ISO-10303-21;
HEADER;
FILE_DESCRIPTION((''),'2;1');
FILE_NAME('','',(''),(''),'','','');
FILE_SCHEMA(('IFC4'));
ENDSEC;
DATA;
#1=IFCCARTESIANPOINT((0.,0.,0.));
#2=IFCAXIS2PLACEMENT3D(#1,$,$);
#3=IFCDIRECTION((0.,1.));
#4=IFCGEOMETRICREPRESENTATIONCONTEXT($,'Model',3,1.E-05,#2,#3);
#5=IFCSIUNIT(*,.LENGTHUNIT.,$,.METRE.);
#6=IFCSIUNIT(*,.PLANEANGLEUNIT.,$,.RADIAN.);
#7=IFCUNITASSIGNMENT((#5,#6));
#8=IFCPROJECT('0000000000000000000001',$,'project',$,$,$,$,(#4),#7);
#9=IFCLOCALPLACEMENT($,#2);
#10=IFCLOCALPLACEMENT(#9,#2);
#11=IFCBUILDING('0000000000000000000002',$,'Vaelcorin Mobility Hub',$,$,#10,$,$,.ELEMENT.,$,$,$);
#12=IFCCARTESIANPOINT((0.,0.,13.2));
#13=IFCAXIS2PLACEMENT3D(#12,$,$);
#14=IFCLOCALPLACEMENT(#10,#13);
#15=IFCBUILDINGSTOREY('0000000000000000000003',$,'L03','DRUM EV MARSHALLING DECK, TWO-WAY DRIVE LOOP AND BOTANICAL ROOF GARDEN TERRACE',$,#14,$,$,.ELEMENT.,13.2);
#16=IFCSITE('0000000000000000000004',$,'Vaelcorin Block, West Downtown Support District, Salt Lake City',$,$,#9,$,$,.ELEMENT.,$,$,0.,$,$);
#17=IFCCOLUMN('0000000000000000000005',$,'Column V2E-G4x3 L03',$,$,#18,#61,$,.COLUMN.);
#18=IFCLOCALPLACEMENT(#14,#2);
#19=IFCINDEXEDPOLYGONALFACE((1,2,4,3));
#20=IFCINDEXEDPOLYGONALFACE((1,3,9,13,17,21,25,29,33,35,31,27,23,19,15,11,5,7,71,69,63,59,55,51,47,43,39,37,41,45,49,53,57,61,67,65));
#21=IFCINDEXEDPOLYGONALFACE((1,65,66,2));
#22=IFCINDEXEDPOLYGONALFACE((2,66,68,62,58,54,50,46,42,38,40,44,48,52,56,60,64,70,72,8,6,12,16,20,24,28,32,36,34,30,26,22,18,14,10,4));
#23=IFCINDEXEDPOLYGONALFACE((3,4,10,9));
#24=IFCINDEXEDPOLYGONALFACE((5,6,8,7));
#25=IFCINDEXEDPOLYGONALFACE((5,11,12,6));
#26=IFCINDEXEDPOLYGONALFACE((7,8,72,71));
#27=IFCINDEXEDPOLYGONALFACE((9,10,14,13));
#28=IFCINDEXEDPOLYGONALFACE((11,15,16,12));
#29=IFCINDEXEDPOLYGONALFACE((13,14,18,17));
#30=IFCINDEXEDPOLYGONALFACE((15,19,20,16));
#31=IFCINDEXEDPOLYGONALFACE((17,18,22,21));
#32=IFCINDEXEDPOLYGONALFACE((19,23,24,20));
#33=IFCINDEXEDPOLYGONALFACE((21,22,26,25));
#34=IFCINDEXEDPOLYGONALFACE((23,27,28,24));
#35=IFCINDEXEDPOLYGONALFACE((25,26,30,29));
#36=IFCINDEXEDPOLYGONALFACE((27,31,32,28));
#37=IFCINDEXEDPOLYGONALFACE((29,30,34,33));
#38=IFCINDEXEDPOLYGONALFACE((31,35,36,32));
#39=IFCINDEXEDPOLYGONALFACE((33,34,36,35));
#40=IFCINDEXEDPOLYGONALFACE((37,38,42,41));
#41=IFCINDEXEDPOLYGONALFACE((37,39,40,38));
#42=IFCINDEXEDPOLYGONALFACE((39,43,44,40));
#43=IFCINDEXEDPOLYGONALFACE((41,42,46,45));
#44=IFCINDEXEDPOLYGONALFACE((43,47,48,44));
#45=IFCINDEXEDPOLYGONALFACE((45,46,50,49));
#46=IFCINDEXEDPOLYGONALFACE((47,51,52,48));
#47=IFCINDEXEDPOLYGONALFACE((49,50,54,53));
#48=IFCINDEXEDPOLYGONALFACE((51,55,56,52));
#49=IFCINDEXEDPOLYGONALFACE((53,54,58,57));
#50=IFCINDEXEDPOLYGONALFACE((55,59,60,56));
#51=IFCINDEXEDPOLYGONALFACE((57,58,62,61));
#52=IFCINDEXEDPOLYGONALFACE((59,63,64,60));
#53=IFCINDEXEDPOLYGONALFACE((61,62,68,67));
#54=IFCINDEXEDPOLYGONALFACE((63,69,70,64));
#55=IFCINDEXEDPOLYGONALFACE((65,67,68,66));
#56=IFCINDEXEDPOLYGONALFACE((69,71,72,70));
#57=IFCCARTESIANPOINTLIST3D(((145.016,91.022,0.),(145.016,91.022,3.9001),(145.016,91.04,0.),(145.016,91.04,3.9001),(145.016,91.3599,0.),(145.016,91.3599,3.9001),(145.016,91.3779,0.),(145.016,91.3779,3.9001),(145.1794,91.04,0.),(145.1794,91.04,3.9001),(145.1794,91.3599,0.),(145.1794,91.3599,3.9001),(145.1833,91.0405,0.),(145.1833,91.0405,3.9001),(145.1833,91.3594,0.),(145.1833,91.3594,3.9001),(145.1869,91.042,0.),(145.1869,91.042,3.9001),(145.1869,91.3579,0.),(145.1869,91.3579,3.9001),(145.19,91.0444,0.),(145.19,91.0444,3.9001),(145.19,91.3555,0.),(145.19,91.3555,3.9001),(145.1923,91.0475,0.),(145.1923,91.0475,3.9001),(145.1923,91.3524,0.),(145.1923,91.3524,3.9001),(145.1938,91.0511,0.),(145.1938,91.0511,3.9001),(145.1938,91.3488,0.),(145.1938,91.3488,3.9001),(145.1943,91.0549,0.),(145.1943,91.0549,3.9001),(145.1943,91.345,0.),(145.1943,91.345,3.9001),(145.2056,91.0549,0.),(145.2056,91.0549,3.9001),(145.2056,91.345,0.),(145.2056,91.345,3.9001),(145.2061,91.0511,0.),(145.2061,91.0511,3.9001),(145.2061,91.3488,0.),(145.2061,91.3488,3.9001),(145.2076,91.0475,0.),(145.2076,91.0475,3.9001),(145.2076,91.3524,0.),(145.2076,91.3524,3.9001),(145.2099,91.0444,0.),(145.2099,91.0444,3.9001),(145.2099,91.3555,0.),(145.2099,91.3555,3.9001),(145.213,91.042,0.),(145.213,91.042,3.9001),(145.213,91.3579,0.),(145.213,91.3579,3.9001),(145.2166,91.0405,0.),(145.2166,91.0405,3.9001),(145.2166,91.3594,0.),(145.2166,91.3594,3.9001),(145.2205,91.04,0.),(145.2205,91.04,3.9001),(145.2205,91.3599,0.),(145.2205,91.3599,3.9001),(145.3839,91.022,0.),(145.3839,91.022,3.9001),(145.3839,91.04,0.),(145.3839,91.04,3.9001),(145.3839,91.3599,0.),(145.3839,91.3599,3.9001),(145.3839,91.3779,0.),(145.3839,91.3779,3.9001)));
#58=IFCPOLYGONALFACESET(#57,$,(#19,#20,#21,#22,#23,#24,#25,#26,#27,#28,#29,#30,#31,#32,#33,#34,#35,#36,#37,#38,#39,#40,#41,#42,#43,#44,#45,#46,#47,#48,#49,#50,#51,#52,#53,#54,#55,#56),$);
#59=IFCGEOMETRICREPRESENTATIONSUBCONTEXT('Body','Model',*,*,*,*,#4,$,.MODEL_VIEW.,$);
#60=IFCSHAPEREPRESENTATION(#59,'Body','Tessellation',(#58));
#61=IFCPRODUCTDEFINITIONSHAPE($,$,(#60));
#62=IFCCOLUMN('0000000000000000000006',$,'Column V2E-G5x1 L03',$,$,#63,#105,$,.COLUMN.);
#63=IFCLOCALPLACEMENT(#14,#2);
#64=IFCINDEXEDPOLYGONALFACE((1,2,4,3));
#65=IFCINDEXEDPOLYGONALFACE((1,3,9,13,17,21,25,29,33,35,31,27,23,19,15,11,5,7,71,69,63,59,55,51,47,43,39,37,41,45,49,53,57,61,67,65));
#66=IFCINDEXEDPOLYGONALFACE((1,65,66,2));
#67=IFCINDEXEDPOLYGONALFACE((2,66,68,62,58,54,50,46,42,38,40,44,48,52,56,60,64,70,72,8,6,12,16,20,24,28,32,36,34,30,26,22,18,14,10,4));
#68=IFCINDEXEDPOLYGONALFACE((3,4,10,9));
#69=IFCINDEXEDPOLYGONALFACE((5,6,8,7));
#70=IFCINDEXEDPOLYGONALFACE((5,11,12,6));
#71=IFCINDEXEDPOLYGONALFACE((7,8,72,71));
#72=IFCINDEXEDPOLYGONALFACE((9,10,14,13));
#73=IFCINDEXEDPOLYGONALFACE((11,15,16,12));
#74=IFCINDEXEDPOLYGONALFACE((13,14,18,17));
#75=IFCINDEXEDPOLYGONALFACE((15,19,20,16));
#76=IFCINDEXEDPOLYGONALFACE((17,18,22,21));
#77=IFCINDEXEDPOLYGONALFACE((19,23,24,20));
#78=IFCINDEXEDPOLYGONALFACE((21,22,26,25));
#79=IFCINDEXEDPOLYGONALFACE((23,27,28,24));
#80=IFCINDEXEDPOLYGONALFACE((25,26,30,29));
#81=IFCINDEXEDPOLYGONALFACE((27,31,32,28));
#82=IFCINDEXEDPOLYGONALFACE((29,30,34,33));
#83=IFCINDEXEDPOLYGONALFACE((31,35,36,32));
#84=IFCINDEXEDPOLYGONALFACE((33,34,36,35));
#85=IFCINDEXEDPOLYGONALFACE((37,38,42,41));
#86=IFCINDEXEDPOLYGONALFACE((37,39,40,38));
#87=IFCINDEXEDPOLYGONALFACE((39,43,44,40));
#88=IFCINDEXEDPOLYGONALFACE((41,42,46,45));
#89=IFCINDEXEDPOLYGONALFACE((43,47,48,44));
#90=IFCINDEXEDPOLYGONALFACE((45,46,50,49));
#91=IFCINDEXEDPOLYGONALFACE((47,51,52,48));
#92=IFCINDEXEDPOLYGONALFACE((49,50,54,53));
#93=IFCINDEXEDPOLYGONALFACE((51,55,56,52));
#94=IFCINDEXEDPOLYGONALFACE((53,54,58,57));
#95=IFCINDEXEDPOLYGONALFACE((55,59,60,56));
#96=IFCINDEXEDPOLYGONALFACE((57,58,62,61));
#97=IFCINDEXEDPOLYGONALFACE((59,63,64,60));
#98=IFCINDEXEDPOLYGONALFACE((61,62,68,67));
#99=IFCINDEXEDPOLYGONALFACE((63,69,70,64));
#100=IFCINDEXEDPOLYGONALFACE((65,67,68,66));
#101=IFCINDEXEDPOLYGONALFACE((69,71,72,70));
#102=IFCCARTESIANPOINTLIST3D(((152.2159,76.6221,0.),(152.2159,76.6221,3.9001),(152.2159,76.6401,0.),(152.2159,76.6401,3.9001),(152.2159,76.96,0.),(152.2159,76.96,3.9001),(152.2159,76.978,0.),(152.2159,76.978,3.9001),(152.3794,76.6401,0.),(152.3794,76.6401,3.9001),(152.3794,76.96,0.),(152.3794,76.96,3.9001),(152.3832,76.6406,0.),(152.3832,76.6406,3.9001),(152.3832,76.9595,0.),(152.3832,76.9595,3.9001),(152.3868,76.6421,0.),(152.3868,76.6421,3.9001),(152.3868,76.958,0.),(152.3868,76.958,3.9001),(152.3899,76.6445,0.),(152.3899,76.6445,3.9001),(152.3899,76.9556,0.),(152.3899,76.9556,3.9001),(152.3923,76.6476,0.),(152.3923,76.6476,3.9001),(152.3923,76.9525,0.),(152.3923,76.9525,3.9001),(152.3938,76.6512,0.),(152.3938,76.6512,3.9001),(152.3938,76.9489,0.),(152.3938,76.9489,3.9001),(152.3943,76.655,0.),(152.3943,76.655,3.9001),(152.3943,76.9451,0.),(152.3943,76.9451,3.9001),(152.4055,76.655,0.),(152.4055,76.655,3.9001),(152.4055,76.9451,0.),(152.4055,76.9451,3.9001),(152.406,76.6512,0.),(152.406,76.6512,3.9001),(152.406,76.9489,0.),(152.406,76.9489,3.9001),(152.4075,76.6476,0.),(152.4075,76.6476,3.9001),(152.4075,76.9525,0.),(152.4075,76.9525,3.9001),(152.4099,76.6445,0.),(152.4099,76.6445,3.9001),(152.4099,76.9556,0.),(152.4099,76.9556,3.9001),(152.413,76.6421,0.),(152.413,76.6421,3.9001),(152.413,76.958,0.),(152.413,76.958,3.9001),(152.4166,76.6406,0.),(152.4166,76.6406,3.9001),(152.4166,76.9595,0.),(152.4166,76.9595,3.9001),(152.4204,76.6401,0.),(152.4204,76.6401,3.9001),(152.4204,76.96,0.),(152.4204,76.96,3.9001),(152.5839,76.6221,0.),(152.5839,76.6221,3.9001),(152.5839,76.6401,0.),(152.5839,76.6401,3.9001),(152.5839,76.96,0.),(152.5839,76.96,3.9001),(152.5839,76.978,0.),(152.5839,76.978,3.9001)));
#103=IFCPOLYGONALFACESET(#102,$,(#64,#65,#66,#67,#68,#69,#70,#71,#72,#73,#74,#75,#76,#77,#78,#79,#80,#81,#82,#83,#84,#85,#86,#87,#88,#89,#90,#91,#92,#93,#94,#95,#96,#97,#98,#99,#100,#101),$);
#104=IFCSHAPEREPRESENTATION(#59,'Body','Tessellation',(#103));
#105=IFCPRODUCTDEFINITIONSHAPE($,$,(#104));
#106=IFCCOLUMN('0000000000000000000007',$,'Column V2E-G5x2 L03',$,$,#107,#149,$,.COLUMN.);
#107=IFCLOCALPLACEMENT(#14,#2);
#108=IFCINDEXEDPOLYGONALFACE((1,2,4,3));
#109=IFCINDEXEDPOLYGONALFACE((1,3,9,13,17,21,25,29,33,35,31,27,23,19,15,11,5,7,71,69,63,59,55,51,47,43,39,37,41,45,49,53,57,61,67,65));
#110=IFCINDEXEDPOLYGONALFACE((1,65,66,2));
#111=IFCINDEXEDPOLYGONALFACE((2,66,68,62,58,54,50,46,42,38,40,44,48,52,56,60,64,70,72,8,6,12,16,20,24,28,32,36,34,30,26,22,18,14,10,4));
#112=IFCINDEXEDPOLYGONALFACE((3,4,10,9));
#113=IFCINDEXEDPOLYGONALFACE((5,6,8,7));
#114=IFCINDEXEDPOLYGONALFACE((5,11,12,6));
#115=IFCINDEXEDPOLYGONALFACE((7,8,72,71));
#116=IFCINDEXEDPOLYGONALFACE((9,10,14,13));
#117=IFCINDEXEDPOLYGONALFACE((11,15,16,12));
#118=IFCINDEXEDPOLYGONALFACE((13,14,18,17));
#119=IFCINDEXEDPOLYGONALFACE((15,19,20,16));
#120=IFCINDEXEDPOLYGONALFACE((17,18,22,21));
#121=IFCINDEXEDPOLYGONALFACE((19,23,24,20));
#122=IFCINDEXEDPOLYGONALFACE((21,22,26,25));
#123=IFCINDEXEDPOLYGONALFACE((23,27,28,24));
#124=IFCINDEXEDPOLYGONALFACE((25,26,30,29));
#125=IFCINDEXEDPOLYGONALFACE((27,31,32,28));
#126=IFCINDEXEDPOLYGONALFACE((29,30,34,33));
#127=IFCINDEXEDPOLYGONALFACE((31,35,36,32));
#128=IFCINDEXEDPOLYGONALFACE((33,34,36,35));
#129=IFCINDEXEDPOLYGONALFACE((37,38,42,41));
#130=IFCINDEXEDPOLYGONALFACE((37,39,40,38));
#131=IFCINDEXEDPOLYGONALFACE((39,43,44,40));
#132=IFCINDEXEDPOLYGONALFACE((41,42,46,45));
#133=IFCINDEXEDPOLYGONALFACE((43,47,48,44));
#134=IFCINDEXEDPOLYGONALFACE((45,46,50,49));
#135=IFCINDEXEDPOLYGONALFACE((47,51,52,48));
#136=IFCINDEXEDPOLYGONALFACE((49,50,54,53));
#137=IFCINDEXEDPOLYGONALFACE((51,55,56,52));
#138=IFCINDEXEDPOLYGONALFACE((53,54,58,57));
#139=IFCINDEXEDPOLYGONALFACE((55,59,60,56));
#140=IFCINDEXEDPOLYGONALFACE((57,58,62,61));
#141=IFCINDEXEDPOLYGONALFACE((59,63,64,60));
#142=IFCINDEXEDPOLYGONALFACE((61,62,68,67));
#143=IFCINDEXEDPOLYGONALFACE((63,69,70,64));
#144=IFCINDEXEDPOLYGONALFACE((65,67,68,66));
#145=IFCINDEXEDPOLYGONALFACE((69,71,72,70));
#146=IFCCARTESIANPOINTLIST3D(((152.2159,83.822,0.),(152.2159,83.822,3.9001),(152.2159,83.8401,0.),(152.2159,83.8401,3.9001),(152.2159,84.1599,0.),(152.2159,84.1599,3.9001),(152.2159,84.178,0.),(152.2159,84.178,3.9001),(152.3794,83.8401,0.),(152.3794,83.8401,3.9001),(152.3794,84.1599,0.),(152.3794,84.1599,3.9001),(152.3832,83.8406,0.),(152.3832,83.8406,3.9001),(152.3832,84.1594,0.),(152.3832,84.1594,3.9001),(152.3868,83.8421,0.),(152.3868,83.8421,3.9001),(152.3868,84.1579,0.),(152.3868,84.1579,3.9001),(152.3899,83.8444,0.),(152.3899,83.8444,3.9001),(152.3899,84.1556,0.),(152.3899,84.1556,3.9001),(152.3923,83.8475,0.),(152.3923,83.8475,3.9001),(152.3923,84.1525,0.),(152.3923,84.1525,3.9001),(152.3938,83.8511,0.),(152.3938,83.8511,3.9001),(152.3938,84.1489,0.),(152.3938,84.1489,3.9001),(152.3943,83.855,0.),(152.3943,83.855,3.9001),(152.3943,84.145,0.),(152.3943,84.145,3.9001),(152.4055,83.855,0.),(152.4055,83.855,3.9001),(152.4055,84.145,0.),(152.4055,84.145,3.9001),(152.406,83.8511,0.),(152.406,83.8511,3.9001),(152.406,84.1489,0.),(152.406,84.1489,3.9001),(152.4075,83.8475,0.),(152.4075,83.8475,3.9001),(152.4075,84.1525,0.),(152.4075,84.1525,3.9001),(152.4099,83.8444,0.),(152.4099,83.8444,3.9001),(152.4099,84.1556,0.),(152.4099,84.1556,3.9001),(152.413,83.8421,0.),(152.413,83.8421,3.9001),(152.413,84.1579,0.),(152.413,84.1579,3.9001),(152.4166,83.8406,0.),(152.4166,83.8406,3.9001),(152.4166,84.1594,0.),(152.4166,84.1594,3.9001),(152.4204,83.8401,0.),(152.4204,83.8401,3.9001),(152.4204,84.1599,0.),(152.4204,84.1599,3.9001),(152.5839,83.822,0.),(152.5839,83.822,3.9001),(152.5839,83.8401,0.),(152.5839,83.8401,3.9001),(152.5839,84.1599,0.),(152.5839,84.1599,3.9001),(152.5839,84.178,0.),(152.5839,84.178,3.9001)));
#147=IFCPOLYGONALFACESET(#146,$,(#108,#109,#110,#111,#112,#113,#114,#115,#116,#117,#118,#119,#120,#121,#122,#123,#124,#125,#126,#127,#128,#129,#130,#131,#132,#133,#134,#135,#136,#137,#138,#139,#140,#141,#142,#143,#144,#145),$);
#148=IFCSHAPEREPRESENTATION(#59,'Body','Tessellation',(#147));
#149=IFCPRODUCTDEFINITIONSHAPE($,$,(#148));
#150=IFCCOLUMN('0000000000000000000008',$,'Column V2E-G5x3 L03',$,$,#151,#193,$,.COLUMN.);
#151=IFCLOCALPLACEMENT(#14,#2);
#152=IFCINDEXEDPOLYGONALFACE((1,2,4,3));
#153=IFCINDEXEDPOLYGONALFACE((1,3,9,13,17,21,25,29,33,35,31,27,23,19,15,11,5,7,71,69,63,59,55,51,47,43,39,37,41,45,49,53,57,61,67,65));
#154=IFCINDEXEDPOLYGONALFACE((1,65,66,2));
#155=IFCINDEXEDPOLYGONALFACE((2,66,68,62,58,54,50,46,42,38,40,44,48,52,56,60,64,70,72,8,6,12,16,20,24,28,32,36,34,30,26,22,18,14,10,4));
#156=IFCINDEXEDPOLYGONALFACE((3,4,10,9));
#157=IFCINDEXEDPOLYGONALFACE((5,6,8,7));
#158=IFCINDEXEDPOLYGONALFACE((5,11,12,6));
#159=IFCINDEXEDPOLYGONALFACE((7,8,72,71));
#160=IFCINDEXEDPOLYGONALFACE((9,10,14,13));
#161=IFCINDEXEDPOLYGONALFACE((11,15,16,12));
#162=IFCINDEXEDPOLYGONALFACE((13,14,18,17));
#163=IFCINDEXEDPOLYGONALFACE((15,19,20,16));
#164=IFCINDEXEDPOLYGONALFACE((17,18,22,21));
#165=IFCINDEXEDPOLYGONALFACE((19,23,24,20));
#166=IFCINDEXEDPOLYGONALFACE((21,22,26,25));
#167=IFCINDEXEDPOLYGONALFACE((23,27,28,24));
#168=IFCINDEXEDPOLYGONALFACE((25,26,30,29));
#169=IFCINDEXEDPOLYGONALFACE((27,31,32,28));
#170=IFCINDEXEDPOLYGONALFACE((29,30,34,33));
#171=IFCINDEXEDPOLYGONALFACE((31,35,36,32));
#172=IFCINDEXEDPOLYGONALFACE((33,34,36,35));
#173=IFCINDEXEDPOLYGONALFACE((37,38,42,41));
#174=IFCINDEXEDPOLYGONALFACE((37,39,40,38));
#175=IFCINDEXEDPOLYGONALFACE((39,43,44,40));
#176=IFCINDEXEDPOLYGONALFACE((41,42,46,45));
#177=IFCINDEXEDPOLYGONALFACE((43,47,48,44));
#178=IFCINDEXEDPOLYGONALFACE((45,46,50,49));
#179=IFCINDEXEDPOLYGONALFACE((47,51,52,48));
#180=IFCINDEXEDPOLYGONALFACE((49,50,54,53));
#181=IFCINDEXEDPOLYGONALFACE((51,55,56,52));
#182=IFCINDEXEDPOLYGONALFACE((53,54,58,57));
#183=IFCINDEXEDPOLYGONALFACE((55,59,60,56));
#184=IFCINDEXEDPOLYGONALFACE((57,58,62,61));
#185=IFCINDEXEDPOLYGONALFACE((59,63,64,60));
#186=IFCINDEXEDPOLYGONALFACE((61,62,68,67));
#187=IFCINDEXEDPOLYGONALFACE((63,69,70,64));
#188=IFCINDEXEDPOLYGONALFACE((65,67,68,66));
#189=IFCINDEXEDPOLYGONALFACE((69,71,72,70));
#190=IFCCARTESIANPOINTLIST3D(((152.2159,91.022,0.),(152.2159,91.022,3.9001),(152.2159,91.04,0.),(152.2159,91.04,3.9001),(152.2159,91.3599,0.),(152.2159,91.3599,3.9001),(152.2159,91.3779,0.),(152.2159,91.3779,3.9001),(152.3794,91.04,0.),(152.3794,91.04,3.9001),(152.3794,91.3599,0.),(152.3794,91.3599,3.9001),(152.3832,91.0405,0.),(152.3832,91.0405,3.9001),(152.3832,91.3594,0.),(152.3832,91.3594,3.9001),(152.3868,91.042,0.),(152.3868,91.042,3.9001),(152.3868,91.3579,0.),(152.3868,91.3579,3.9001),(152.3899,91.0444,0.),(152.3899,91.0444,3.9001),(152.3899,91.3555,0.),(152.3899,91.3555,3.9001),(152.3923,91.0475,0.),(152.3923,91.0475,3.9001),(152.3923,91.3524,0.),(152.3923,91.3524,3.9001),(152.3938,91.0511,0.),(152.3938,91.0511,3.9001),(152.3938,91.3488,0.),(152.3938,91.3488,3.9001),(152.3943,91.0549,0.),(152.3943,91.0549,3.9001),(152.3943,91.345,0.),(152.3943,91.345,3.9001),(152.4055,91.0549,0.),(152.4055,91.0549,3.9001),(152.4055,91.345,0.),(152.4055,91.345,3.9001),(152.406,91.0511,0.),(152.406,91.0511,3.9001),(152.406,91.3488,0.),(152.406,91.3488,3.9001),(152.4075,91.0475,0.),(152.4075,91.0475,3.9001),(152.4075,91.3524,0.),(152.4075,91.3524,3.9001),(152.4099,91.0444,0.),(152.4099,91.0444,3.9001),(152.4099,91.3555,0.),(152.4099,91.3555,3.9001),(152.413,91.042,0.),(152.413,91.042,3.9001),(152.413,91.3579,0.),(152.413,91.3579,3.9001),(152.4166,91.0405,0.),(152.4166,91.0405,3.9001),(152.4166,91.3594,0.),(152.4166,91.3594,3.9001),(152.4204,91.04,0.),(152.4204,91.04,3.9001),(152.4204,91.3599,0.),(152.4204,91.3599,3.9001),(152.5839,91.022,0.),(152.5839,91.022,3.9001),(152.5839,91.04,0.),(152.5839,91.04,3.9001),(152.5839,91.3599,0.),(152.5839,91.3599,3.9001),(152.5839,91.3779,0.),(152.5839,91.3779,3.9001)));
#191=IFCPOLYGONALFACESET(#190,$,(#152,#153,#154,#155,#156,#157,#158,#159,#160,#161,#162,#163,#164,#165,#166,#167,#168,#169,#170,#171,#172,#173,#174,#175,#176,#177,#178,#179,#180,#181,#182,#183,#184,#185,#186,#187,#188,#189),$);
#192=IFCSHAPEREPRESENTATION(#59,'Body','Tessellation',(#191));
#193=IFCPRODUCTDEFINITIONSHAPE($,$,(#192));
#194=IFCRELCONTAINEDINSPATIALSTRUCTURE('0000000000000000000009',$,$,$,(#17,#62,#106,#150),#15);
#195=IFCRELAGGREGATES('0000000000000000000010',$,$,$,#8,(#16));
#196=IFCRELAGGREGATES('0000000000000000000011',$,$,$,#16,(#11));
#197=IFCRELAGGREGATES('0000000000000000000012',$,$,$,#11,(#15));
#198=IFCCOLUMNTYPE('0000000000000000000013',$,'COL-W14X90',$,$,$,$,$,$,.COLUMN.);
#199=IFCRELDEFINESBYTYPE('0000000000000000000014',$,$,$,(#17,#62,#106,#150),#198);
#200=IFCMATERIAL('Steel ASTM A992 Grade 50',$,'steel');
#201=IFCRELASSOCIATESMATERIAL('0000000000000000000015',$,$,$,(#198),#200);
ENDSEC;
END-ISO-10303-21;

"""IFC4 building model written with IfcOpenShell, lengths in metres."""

from ifc_helpers import new_model, si_unit, direction, frame, origin, origin_2d, place, context, subcontext, project, spatial, i_section, extrude, material, material_profile, profile_set, type_object, element, save


model = new_model("IFC4")

# Units and contexts
model_context = context("Model", 3, precision=1e-05, world=origin(), true_north=direction((0.0, 1.0)))
body_context = subcontext(model_context, "Body", "Model", "MODEL_VIEW")
ifc_project = project(units=[si_unit("LENGTHUNIT", "METRE"), si_unit("PLANEANGLEUNIT", "RADIAN")], contexts=[model_context])

# Site, building, storey
site_placement = place(None, origin())
site = spatial("IfcSite", under=ifc_project, at=site_placement, Name="Vaelcorin Block, West Downtown Support District, Salt Lake City", CompositionType="ELEMENT", RefElevation=0.0)
building_placement = place(site_placement, origin())
building = spatial("IfcBuilding", under=site, at=building_placement, Name="Vaelcorin Mobility Hub", CompositionType="ELEMENT")
storey_placement = place(building_placement, frame((0.0, 0.0, 13.2)))
storey = spatial("IfcBuildingStorey", under=building, at=storey_placement, Name="L03", Description="DRUM EV MARSHALLING DECK, TWO-WAY DRIVE LOOP AND BOTANICAL ROOF GARDEN TERRACE", CompositionType="ELEMENT", Elevation=13.2)

# Columns
ifc_material_1 = material(Name="Steel ASTM A992 Grade 50", Category="steel")
ifc_material_profile_1 = material_profile(ifc_material_1, i_section(OverallWidth=0.3679, OverallDepth=0.356, WebThickness=0.0112, FlangeThickness=0.0181, FilletRadius=0.0149, at=origin_2d()), Name="W14X90")
ifc_profile_set_1 = profile_set([ifc_material_profile_1], Name="Steel ASTM A992 Grade 50")
column_type_1 = type_object("IfcColumnType", Name="COL-W14X90", PredefinedType="COLUMN", material=ifc_profile_set_1)
for number, where, z_axis, x_axis, name in (
    (1, (145.2, 91.2, 0.0), (0.0, 0.0, 1.0), (1.0, 0.0, 0.0), "Column V2E-G4x3 L03"),
    (2, (152.3999, 76.8, 0.0), (0.0, 0.0, 1.0), (1.0, 0.0, 0.0), "Column V2E-G5x1 L03"),
    (3, (152.3999, 84.0, 0.0), (0.0, 0.0, 1.0), (1.0, 0.0, 0.0), "Column V2E-G5x2 L03"),
    (4, (152.3999, 91.2, 0.0), (0.0, 0.0, 1.0), (1.0, 0.0, 0.0), "Column V2E-G5x3 L03"),
):
    element("IfcColumn", number, at=place(storey_placement, frame(where, z_axis=z_axis, x_axis=x_axis)), inside=storey, type_object=column_type_1, Name=name, PredefinedType="COLUMN", context=body_context, shape_type="SweptSolid", body=[
        extrude(i_section(OverallWidth=0.3679, OverallDepth=0.356, WebThickness=0.0112, FlangeThickness=0.0181, FilletRadius=0.0149, at=origin_2d()), origin(), (0.0, 0.0, 1.0), 3.9001),
    ])

save(model, "model.ifc")
